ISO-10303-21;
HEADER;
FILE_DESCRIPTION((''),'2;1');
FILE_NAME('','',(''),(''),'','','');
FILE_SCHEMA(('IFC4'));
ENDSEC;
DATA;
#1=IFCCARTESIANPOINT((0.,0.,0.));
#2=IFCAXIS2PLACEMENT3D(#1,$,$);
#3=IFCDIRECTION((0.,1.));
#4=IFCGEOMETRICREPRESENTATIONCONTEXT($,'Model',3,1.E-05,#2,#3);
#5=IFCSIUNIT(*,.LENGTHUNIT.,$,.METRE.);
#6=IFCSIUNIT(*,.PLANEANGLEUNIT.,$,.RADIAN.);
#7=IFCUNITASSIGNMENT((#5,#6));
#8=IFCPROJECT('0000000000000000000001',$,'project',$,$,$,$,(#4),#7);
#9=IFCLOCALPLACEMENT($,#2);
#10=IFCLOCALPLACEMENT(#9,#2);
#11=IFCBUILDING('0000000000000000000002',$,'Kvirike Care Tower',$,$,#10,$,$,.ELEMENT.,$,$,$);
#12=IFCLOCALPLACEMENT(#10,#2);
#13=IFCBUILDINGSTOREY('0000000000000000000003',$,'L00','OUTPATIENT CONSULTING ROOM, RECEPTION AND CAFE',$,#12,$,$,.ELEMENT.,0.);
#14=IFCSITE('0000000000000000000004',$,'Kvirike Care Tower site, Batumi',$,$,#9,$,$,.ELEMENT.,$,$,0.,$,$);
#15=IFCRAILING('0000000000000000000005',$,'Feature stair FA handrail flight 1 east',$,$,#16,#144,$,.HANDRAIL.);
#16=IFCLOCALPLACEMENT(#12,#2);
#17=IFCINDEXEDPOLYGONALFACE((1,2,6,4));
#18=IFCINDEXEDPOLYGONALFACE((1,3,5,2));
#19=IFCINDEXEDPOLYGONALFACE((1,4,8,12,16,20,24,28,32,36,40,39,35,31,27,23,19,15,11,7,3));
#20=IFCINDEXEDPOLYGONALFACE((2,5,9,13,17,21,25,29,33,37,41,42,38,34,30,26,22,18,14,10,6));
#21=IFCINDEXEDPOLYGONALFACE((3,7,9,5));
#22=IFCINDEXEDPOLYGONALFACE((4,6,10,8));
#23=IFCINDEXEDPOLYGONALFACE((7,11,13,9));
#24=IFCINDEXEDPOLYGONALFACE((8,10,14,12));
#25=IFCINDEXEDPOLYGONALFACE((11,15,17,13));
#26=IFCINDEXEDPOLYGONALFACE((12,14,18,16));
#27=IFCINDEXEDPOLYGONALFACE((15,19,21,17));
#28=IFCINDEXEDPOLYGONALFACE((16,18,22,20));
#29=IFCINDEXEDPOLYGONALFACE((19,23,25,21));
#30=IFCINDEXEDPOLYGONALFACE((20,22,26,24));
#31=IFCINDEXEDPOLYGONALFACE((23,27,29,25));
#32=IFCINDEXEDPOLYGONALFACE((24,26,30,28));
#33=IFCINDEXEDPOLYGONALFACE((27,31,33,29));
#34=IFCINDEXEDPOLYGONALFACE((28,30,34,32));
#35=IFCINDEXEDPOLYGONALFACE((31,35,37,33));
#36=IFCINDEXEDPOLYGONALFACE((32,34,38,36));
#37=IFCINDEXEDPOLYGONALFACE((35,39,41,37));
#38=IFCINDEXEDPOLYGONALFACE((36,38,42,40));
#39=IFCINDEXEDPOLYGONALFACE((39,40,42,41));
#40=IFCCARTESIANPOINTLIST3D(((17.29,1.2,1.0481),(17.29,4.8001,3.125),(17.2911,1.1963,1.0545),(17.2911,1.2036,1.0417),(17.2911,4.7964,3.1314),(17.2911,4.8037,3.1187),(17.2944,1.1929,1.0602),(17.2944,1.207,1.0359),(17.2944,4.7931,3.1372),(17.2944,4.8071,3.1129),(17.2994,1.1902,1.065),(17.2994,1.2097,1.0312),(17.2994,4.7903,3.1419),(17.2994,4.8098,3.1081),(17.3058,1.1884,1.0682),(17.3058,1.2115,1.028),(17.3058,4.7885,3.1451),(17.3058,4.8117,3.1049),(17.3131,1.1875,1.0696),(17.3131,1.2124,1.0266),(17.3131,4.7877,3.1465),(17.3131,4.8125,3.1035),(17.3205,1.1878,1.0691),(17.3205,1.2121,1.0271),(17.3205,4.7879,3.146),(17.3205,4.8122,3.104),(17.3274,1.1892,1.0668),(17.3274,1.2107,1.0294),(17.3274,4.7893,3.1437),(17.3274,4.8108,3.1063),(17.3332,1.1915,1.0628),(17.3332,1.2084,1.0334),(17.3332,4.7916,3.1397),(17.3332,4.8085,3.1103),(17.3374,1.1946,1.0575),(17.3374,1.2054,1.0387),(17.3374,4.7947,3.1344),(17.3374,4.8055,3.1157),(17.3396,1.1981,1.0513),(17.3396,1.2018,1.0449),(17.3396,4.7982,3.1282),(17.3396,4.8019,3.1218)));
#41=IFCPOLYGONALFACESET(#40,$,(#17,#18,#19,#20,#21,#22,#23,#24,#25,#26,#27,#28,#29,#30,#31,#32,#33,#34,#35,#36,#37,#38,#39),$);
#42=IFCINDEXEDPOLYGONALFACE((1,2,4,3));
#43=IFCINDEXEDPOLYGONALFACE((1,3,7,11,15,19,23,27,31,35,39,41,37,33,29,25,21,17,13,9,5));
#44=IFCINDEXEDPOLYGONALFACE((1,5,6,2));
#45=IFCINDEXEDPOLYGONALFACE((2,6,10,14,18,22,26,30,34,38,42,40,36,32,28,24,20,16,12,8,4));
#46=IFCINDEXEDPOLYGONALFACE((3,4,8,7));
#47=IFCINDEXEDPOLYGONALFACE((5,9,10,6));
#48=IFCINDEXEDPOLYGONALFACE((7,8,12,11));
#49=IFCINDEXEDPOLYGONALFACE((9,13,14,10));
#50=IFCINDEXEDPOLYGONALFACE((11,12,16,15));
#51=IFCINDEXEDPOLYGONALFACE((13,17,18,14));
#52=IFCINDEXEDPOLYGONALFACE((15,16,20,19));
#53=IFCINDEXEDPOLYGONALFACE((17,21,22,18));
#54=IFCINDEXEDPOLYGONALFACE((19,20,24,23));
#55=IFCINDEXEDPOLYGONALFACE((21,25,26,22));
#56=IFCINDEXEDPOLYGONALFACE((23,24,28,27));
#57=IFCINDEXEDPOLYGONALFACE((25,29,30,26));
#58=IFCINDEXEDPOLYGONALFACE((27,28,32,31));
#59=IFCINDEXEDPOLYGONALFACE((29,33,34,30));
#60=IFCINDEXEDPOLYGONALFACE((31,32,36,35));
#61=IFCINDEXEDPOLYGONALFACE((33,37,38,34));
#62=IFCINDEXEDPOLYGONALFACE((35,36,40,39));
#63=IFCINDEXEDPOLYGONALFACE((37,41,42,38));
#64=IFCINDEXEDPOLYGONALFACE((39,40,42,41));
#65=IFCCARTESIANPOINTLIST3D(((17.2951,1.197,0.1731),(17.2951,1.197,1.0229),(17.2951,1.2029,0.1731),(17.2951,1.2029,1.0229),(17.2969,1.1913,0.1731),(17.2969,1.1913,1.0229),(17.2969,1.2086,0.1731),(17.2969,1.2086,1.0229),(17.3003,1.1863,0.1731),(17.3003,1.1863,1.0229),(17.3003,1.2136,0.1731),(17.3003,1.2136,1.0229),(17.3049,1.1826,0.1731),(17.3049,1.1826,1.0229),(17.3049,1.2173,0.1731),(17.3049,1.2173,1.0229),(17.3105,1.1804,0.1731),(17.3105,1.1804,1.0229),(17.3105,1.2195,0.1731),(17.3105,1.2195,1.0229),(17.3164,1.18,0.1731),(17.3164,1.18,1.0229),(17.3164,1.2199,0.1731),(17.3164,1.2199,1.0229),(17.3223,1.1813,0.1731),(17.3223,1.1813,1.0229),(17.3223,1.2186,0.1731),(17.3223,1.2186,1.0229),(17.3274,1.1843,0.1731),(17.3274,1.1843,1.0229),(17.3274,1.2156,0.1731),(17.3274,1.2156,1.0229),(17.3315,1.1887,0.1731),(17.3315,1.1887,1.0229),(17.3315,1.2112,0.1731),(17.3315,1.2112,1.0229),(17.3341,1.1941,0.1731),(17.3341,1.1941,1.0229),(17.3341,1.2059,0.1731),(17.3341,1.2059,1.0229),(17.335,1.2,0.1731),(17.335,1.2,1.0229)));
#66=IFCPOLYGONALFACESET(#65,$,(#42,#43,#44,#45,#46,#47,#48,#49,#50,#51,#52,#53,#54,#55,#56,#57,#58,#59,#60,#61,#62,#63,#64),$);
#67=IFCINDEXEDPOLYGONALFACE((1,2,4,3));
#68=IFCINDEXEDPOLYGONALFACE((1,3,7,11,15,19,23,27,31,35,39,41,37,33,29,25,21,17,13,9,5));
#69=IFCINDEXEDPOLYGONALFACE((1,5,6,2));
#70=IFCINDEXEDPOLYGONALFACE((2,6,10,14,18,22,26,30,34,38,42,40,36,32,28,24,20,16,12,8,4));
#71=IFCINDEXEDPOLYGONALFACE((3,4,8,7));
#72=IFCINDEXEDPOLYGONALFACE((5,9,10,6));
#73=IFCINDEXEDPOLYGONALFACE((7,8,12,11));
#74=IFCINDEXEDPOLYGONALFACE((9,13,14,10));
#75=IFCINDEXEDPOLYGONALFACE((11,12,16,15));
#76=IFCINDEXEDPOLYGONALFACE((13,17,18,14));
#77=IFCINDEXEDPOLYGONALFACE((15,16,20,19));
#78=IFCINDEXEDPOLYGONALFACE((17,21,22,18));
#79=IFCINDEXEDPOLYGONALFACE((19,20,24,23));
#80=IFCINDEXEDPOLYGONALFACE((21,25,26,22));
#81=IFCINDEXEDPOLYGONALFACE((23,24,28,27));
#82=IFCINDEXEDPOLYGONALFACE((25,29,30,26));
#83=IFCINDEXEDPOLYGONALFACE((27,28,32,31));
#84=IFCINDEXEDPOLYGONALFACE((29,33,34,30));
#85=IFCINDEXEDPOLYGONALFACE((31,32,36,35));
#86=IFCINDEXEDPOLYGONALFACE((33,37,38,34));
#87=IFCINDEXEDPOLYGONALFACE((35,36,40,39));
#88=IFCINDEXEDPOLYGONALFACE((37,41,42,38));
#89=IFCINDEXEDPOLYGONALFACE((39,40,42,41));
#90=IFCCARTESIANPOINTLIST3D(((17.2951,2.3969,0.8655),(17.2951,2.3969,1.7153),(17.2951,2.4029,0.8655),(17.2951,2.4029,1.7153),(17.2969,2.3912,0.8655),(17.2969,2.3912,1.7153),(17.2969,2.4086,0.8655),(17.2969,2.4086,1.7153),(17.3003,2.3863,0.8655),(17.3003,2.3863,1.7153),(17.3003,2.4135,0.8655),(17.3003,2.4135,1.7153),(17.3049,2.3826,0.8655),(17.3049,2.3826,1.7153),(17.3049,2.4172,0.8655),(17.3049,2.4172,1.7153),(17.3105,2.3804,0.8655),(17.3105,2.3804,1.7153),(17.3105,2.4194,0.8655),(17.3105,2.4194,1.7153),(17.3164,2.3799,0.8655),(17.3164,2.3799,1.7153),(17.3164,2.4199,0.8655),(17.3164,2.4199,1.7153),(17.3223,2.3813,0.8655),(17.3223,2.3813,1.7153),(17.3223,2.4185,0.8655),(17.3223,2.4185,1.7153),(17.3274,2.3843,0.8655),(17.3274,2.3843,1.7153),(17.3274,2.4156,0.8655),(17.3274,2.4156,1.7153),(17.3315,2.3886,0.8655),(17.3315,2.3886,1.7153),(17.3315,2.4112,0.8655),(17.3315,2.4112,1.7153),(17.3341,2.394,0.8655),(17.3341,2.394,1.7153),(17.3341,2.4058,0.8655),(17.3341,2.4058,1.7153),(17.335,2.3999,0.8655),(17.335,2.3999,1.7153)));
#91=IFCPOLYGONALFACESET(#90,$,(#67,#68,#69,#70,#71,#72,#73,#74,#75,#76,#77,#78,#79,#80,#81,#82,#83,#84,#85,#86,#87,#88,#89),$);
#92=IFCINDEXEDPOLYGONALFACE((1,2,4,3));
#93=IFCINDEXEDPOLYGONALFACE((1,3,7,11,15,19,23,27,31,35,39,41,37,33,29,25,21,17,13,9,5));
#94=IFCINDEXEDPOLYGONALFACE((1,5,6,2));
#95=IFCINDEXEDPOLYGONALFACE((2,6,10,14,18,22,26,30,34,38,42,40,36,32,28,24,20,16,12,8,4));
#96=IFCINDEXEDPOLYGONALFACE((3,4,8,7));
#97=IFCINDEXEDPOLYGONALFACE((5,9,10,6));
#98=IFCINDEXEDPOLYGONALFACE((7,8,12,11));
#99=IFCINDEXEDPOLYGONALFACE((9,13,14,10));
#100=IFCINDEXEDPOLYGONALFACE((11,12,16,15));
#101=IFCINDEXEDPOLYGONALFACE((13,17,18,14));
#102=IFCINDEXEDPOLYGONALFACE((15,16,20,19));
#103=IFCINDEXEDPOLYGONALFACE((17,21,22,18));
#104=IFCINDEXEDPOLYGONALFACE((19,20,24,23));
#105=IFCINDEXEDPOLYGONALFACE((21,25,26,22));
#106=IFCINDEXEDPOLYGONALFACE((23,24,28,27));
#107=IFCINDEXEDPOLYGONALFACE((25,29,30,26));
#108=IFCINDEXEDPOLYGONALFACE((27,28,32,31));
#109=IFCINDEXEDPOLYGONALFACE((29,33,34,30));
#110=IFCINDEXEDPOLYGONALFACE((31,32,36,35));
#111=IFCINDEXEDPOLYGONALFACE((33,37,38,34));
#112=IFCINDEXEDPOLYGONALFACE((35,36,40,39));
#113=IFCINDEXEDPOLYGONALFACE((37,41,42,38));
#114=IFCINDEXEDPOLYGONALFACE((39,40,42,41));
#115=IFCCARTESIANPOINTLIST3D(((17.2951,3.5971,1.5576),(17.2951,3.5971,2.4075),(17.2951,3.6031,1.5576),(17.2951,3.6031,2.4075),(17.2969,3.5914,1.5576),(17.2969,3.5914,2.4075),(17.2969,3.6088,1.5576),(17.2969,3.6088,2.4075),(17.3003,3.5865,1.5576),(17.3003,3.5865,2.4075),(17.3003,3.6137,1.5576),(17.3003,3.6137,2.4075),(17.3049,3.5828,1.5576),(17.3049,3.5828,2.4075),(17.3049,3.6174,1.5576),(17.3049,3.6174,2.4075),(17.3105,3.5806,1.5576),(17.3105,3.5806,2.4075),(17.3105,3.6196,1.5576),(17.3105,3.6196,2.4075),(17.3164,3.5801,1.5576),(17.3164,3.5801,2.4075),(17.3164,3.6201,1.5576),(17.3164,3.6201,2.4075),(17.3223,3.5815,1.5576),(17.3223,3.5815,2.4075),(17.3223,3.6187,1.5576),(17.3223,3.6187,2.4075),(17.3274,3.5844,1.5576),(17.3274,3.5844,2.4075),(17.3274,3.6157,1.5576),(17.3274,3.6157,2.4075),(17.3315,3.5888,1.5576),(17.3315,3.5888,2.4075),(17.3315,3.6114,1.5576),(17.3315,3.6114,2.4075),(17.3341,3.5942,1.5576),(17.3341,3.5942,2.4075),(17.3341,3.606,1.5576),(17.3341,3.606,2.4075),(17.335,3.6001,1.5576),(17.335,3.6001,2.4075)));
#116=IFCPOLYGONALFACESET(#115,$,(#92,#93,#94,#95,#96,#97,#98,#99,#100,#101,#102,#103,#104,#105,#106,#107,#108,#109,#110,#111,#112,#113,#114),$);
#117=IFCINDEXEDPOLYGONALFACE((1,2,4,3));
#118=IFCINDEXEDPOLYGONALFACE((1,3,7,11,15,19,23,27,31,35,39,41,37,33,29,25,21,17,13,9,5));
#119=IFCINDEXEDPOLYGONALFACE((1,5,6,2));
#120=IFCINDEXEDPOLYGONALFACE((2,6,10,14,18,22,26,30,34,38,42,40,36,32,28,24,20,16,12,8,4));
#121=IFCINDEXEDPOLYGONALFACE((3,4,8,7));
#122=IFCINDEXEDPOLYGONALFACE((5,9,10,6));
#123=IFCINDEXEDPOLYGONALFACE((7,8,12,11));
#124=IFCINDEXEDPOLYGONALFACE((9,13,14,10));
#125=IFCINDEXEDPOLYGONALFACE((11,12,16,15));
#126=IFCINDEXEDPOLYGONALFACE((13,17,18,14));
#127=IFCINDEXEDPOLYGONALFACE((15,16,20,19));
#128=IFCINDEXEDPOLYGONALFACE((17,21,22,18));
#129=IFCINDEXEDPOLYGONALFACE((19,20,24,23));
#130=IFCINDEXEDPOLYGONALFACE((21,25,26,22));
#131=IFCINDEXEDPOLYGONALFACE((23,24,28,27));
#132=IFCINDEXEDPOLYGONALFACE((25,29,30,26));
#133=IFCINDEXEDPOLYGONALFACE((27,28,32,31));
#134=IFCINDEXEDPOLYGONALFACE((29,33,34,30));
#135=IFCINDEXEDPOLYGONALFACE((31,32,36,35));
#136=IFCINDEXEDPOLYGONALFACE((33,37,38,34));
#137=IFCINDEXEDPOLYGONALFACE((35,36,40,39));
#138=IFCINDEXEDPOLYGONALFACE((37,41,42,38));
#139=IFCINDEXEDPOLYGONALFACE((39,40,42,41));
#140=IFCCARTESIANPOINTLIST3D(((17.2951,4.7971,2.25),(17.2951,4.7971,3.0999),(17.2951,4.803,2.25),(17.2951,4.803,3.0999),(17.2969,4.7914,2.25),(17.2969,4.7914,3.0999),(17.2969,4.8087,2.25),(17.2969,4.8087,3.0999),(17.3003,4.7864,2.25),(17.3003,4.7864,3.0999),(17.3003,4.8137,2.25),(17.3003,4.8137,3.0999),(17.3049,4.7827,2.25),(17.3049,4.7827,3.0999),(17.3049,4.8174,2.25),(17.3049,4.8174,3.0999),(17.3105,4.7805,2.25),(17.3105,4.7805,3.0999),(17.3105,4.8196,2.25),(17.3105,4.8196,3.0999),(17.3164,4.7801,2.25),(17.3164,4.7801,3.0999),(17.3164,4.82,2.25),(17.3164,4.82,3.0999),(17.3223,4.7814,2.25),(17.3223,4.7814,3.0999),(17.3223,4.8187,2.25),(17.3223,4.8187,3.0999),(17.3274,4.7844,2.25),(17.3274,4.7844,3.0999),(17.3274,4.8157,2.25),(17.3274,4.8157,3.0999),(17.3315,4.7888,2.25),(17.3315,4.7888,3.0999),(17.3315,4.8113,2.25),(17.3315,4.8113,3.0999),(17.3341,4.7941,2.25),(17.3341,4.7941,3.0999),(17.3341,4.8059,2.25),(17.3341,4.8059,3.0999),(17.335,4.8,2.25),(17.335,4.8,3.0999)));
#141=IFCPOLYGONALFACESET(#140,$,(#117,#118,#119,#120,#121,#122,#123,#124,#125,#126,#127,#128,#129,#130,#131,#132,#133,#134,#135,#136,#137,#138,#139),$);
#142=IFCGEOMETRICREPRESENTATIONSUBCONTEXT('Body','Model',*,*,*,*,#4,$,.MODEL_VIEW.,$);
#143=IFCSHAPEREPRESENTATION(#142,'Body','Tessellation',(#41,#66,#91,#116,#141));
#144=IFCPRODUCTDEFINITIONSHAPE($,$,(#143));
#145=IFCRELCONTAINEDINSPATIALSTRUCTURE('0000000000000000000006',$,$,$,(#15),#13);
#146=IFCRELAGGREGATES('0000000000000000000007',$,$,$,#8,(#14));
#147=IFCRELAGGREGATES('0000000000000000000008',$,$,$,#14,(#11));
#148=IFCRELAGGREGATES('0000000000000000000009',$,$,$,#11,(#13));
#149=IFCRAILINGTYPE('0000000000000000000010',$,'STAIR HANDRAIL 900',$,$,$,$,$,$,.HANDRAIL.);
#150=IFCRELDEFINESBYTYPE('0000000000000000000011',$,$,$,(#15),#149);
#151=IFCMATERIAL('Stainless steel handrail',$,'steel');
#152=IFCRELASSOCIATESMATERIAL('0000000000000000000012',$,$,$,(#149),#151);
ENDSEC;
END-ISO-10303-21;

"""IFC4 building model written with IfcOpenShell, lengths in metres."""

from ifc_helpers import new_model, si_unit, direction, frame, origin, origin_2d, place, context, subcontext, project, spatial, circle, extrude, material, type_object, element, save


model = new_model("IFC4")

# Units and contexts
model_context = context("Model", 3, precision=1e-05, world=origin(), true_north=direction((0.0, 1.0)))
body_context = subcontext(model_context, "Body", "Model", "MODEL_VIEW")
ifc_project = project(units=[si_unit("LENGTHUNIT", "METRE"), si_unit("PLANEANGLEUNIT", "RADIAN")], contexts=[model_context])

# Site, building, storey
site_placement = place(None, origin())
site = spatial("IfcSite", under=ifc_project, at=site_placement, Name="Kvirike Care Tower site, Batumi", CompositionType="ELEMENT", RefElevation=0.0)
building_placement = place(site_placement, origin())
building = spatial("IfcBuilding", under=site, at=building_placement, Name="Kvirike Care Tower", CompositionType="ELEMENT")
storey_placement = place(building_placement, origin())
storey = spatial("IfcBuildingStorey", under=building, at=storey_placement, Name="L00", Description="OUTPATIENT CONSULTING ROOM, RECEPTION AND CAFE", CompositionType="ELEMENT", Elevation=0.0)

# Railing
ifc_material_1 = material(Name="Stainless steel handrail", Category="steel")
railing_type_1 = type_object("IfcRailingType", Name="STAIR HANDRAIL 900", PredefinedType="HANDRAIL", material=ifc_material_1)
railing_1_placement = place(storey_placement, frame((17.3149, 1.2, 0.1731)))
element("IfcRailing", 1, at=railing_1_placement, inside=storey, type_object=railing_type_1, Name="Feature stair FA handrail flight 1 east", PredefinedType="HANDRAIL", context=body_context, shape_type="SweptSolid", body=[
    extrude(circle(Radius=0.0249, at=origin_2d()), frame((0.0, 0.0, 0.875), z_axis=(0.0, 0.866193, 0.499709), x_axis=(-1.0, 0.0, 0.0)), (0.0, 0.0, 1.0), 4.1562),
    extrude(circle(Radius=0.02, at=origin_2d()), origin(), (0.0, 0.0, 1.0), 0.8499),
    extrude(circle(Radius=0.02, at=origin_2d()), frame((0.0, 1.2, 0.6924)), (0.0, 0.0, 1.0), 0.8499),
    extrude(circle(Radius=0.02, at=origin_2d()), frame((0.0, 2.4001, 1.3845)), (0.0, 0.0, 1.0), 0.8499),
    extrude(circle(Radius=0.02, at=origin_2d()), frame((0.0, 3.6001, 2.0769)), (0.0, 0.0, 1.0), 0.8499),
])

save(model, "model.ifc")
